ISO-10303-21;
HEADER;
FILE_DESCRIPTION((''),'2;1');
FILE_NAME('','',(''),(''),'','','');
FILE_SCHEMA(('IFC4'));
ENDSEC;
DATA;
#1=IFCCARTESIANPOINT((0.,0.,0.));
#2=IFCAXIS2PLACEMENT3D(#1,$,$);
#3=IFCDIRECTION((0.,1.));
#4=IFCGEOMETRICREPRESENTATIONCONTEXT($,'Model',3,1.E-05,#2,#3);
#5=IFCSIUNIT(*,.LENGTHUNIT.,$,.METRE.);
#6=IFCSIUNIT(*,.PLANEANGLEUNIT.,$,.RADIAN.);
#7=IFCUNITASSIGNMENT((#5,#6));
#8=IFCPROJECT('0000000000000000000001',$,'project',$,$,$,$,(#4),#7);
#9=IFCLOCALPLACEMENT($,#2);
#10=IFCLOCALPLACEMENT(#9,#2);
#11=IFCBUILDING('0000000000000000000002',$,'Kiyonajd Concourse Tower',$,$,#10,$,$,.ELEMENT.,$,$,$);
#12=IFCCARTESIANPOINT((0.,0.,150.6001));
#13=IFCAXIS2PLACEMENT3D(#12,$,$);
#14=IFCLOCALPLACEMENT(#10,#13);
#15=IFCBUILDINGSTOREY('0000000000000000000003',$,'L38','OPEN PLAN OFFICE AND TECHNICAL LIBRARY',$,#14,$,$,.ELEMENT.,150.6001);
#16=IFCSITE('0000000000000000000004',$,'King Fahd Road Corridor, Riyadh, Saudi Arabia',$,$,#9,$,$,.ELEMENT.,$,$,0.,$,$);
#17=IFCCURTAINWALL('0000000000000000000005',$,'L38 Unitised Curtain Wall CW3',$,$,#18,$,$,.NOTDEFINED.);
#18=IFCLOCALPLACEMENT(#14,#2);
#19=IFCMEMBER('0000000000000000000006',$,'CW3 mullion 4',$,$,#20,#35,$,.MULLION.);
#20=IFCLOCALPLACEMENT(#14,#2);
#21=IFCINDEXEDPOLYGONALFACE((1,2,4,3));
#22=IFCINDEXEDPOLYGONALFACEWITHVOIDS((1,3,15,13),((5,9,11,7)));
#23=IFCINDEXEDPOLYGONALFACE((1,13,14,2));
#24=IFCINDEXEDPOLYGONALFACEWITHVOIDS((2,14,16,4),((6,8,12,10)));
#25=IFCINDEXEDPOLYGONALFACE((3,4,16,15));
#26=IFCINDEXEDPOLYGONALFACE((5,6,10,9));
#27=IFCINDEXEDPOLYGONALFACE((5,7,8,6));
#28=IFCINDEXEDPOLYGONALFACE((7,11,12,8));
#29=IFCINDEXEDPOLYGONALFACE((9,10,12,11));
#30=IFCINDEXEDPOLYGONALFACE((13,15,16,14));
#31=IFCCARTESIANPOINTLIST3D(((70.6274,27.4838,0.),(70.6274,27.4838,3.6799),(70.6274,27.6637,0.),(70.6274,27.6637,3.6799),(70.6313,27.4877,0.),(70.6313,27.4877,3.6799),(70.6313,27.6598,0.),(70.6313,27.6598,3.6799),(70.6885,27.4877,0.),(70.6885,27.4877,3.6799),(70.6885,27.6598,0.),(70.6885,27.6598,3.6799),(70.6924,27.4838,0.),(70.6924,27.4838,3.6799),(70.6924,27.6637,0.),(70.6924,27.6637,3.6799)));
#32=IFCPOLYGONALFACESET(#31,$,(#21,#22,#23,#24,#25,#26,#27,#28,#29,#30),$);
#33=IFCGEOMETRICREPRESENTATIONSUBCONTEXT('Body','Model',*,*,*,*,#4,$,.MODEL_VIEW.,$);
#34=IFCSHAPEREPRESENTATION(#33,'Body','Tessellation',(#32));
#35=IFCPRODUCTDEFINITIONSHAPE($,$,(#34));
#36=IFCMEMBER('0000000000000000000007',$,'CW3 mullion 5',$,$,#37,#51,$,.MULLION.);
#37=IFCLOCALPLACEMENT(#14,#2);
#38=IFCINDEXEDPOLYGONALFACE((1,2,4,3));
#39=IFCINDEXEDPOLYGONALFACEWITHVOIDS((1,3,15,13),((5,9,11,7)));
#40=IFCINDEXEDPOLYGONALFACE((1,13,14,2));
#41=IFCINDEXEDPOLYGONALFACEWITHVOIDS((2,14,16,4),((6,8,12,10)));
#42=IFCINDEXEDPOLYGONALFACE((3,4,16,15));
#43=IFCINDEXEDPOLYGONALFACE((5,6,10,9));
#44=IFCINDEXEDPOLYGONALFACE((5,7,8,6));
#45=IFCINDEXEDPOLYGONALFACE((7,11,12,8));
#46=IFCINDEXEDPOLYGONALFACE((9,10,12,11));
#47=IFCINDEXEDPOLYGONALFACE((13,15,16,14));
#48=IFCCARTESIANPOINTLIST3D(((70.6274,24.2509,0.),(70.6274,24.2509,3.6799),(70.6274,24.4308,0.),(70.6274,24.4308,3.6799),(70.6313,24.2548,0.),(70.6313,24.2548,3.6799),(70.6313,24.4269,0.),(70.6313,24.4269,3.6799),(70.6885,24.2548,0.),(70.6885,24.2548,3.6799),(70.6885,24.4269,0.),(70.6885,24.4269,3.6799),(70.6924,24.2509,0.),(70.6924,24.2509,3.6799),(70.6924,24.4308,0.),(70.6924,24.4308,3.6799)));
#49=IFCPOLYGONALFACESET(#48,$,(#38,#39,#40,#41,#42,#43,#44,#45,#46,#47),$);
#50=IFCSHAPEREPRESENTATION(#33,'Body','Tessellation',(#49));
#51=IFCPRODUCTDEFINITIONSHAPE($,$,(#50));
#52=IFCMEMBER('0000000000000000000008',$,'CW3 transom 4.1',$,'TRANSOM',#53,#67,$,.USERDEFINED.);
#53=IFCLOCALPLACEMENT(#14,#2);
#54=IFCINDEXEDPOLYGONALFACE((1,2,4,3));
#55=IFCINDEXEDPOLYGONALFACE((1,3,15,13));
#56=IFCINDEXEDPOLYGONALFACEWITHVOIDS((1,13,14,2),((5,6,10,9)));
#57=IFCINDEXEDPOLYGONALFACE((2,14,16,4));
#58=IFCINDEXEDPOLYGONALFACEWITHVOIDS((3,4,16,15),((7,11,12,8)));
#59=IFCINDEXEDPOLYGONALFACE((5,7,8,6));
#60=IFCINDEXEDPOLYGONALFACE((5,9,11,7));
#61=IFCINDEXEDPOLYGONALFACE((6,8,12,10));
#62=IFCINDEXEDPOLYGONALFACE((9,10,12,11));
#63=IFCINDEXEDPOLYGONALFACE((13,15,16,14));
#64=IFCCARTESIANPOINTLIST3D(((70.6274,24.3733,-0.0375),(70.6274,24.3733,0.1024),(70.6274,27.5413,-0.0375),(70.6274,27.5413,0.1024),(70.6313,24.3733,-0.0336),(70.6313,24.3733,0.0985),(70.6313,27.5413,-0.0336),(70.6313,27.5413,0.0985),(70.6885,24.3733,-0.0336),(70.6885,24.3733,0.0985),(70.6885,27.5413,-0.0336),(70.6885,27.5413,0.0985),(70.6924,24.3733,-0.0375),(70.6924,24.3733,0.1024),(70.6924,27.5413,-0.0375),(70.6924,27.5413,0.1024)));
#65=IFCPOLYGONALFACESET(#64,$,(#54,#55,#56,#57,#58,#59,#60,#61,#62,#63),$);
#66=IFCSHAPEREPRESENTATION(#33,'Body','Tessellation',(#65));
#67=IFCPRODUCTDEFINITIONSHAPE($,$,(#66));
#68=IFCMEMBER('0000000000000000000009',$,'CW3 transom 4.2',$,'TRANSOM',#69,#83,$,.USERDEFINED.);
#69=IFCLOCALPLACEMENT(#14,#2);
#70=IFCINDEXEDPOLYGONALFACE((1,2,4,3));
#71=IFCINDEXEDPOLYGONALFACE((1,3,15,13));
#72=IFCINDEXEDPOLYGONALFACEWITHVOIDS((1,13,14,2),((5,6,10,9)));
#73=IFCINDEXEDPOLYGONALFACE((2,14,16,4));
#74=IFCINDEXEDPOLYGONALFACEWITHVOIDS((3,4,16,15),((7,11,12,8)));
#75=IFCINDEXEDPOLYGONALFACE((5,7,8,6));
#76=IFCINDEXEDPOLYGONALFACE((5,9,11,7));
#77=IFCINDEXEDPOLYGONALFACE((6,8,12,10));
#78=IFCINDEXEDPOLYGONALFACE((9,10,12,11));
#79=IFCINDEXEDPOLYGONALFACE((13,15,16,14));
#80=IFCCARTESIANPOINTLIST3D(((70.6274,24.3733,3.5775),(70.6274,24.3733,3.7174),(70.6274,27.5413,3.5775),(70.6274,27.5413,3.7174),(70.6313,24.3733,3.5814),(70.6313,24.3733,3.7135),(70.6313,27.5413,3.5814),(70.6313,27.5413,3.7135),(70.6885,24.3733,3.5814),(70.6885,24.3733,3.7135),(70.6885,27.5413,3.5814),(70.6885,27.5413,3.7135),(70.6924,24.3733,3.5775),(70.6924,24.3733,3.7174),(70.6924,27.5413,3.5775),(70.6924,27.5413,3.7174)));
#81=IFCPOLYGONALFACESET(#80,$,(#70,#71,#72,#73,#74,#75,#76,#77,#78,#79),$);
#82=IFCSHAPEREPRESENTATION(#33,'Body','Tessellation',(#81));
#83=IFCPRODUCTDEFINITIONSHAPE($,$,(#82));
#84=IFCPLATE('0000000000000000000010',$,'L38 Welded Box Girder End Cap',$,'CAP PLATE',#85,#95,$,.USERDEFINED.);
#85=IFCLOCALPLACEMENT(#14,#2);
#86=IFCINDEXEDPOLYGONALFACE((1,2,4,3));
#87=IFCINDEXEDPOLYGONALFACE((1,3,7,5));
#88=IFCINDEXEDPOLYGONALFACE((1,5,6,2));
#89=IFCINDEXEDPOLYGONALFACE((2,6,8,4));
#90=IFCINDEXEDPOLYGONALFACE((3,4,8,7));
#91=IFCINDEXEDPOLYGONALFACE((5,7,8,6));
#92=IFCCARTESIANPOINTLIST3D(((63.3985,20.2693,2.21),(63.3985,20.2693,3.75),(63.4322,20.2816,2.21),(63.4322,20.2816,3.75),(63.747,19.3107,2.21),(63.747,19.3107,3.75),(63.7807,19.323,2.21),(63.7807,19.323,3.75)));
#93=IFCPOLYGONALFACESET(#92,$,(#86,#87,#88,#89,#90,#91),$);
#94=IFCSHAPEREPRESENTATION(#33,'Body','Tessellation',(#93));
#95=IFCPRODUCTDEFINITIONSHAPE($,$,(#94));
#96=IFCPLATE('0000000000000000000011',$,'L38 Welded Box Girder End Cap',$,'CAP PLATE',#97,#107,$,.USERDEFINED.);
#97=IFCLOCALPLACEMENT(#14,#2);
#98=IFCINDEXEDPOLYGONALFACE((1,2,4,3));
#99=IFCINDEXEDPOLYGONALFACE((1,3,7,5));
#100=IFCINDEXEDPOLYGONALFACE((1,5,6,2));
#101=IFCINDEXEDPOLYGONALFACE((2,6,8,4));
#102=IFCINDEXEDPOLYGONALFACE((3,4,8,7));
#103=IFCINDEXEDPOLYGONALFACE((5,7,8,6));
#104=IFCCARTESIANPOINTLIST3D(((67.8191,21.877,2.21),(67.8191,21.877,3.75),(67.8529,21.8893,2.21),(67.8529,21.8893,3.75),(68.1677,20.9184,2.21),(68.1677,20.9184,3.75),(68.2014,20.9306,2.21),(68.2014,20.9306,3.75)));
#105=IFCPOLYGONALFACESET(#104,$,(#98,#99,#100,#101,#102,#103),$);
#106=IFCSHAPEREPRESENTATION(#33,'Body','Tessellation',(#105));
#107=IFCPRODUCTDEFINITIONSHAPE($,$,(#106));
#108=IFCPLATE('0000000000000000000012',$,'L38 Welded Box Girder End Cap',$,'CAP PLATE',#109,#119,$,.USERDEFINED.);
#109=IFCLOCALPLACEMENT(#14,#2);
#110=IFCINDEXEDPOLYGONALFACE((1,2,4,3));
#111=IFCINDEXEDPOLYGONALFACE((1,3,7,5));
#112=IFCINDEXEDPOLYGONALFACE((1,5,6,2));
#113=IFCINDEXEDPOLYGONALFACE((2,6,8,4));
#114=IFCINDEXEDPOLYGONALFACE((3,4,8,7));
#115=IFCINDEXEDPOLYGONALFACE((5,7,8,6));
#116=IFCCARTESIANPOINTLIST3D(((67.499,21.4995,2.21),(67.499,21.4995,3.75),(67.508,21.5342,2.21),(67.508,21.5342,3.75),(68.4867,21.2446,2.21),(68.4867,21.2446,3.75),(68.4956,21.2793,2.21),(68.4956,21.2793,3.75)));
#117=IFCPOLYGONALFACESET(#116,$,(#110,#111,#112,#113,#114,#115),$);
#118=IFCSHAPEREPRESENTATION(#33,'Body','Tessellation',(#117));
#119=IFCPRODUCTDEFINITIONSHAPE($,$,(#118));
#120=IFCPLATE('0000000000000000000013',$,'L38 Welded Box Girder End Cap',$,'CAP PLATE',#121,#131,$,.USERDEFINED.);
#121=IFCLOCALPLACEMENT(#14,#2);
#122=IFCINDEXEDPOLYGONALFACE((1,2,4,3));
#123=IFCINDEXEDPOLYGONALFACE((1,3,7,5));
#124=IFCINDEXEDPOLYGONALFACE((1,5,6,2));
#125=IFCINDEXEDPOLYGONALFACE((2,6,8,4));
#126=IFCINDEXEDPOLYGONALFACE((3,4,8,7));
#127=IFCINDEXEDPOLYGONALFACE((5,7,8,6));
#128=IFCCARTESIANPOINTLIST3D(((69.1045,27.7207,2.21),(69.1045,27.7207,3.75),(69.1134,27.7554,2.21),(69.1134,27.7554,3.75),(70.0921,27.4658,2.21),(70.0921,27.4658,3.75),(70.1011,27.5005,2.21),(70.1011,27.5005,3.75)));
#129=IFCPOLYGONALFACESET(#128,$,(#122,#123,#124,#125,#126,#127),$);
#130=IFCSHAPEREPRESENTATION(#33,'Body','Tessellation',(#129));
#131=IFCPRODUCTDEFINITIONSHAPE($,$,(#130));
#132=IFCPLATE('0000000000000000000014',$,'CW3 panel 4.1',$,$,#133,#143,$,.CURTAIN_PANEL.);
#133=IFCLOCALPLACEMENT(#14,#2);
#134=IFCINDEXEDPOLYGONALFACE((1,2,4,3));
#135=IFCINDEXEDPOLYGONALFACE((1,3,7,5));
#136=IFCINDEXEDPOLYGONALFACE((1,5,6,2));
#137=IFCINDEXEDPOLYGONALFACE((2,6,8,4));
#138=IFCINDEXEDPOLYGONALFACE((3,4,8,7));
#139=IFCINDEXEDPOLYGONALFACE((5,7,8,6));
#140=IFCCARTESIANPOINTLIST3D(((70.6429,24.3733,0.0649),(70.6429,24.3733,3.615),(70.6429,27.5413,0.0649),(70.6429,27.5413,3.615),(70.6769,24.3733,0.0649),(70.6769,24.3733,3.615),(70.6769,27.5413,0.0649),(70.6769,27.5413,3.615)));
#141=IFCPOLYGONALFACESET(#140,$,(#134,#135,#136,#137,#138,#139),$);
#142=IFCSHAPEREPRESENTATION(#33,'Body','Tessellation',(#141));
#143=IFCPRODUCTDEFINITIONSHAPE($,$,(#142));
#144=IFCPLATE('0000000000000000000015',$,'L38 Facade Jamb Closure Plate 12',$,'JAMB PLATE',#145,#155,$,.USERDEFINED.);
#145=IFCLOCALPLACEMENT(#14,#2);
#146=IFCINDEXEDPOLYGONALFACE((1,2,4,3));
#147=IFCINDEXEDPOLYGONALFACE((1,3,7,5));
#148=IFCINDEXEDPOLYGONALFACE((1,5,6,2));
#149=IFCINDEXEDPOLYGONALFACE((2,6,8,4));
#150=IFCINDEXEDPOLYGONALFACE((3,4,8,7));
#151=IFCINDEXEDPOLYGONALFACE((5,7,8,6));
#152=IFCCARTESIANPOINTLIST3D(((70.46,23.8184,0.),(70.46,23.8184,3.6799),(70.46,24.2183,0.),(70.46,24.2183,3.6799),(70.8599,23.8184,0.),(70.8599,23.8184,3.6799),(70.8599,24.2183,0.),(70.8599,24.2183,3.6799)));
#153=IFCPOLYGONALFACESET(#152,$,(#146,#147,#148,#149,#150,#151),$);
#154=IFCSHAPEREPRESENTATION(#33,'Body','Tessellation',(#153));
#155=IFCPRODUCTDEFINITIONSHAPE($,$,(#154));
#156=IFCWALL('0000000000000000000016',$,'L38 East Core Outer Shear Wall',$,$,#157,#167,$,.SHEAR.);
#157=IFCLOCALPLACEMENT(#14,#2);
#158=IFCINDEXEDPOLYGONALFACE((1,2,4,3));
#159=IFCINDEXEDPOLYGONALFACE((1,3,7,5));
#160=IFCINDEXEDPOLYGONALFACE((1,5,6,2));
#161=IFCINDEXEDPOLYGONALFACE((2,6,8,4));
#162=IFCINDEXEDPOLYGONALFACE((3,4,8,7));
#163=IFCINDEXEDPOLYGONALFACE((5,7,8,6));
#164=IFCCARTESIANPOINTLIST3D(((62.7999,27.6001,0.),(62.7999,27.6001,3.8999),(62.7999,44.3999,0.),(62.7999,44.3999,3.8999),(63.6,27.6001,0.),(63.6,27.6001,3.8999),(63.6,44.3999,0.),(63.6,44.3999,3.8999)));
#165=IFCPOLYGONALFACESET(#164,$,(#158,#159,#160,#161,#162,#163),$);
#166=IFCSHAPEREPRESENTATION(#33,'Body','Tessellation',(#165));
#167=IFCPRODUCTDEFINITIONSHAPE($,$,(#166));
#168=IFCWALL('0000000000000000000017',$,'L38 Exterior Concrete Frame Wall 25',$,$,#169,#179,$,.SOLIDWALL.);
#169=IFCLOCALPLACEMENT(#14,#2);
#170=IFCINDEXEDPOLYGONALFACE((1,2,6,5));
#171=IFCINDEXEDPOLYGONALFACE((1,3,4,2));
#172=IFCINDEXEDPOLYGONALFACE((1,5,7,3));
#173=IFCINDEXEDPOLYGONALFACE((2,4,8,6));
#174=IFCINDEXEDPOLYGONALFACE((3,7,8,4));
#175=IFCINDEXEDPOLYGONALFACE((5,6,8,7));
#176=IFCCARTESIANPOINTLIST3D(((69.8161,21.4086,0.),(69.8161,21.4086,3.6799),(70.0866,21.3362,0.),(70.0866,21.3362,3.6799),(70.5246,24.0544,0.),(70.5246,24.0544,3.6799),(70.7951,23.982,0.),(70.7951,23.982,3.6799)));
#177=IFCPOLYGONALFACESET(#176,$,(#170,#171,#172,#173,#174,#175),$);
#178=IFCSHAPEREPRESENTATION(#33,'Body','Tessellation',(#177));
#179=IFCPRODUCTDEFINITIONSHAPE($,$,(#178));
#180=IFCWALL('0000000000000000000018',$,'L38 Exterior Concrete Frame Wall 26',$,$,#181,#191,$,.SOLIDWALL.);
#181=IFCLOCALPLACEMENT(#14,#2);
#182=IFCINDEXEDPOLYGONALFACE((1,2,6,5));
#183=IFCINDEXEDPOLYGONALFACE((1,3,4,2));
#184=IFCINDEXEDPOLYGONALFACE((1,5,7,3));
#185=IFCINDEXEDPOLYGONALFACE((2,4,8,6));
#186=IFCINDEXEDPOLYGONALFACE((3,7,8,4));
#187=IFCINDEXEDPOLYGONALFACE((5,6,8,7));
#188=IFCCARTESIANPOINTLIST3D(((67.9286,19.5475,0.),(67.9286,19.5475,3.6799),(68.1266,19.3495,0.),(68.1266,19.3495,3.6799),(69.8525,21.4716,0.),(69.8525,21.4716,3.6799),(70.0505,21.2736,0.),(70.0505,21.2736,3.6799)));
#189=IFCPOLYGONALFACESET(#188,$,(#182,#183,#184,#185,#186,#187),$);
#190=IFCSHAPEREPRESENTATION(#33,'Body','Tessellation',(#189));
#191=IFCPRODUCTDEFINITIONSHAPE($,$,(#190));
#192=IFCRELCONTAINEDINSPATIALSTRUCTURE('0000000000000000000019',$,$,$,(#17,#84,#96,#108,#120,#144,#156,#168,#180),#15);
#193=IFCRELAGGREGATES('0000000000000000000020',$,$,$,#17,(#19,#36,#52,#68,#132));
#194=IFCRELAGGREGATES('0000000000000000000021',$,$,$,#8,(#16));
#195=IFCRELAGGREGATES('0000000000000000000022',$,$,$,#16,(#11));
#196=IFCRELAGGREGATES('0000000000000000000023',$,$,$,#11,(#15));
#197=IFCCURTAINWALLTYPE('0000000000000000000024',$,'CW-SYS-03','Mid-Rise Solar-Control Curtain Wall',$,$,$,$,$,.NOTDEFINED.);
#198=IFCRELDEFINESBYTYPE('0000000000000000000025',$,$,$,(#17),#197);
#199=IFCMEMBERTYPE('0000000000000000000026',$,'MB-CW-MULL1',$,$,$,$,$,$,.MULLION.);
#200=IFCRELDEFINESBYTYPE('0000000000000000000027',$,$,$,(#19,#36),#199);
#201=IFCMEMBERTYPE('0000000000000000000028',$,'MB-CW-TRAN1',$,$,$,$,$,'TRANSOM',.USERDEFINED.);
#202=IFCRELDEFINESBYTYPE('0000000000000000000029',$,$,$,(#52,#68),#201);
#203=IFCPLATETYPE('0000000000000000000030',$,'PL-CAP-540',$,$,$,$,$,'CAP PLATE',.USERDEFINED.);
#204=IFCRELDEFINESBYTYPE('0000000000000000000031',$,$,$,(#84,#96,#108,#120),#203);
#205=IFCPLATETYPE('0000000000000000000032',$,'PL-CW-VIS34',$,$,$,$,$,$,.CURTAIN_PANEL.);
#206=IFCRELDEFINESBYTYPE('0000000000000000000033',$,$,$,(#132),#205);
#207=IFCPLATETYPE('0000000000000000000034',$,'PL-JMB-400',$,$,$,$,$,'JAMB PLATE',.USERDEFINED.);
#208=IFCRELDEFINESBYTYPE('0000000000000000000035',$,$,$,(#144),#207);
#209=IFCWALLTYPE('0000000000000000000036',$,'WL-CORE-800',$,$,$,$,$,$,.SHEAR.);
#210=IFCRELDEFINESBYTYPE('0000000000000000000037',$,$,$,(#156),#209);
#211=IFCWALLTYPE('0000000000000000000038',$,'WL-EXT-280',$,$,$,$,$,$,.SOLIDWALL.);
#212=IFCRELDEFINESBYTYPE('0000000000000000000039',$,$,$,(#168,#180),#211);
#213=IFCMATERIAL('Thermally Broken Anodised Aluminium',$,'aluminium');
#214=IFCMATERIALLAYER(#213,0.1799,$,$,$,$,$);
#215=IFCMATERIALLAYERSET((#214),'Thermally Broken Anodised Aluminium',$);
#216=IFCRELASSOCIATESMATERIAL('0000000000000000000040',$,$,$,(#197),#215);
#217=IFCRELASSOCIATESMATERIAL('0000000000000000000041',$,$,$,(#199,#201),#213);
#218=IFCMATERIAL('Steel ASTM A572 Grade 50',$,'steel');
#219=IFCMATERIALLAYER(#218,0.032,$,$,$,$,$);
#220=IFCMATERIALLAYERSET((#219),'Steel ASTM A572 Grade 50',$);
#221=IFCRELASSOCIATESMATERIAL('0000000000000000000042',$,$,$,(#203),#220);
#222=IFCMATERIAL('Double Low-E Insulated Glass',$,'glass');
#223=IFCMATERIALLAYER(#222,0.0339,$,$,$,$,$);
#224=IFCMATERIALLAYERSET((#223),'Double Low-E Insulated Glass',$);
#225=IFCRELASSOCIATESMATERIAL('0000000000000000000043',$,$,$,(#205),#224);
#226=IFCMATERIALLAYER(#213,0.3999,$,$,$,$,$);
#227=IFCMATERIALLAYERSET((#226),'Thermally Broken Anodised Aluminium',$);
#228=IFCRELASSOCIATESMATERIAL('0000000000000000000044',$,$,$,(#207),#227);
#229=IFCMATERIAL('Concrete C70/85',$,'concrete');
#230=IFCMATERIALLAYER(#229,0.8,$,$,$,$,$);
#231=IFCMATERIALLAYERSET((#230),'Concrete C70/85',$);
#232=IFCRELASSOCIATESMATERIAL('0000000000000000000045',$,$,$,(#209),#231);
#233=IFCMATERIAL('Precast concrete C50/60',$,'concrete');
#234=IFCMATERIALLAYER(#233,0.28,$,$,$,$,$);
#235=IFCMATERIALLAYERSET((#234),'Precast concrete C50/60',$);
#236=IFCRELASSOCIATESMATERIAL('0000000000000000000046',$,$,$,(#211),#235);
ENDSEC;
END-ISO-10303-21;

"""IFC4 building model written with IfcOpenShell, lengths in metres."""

from ifc_helpers import new_model, si_unit, direction, frame, frame_2d, origin, origin_2d, place, context, subcontext, project, spatial, rectangle, hollow_rectangle, extrude, material, layer, layer_set, material_profile, profile_set, type_object, element, aggregate, save


model = new_model("IFC4")

# Units and contexts
model_context = context("Model", 3, precision=1e-05, world=origin(), true_north=direction((0.0, 1.0)))
body_context = subcontext(model_context, "Body", "Model", "MODEL_VIEW")
ifc_project = project(units=[si_unit("LENGTHUNIT", "METRE"), si_unit("PLANEANGLEUNIT", "RADIAN")], contexts=[model_context])

# Site, building, storey
site_placement = place(None, origin())
site = spatial("IfcSite", under=ifc_project, at=site_placement, Name="King Fahd Road Corridor, Riyadh, Saudi Arabia", CompositionType="ELEMENT", RefElevation=0.0)
building_placement = place(site_placement, origin())
building = spatial("IfcBuilding", under=site, at=building_placement, Name="Kiyonajd Concourse Tower", CompositionType="ELEMENT")
storey_placement = place(building_placement, frame((0.0, 0.0, 150.6001)))
storey = spatial("IfcBuildingStorey", under=building, at=storey_placement, Name="L38", Description="OPEN PLAN OFFICE AND TECHNICAL LIBRARY", CompositionType="ELEMENT", Elevation=150.6001)

# Shared definitions
ifc_material_1 = material(Name="Concrete C70/85", Category="concrete")

# Shared definitions
ifc_material_2 = material(Name="Steel ASTM A572 Grade 50", Category="steel")

# Curtain wall, members
ifc_material_3 = material(Name="Thermally Broken Anodised Aluminium", Category="aluminium")
ifc_layer_1 = layer(ifc_material_3, 0.1799)
ifc_layer_set_1 = layer_set([ifc_layer_1], Name="Thermally Broken Anodised Aluminium")
curtain_wall_type = type_object("IfcCurtainWallType", Name="CW-SYS-03", Description="Mid-Rise Solar-Control Curtain Wall", PredefinedType="NOTDEFINED", material=ifc_layer_set_1)
curtain_wall_placement = place(storey_placement, origin())
curtain_wall = element("IfcCurtainWall", 1, at=curtain_wall_placement, inside=storey, type_object=curtain_wall_type, Name="L38 Unitised Curtain Wall CW3", PredefinedType="NOTDEFINED")
ifc_material_profile_1 = material_profile(ifc_material_3, hollow_rectangle(XDim=0.0649, YDim=0.1799, WallThickness=0.0039, at=origin_2d()), Name="MULL-65x180")
ifc_profile_set_1 = profile_set([ifc_material_profile_1], Name="Thermally Broken Anodised Aluminium")
member_type_1 = type_object("IfcMemberType", Name="MB-CW-MULL1", PredefinedType="MULLION", material=ifc_profile_set_1)
member_1_placement = place(storey_placement, frame((70.6599, 27.5737, 0.0), z_axis=(0.0, 0.0, 1.0), x_axis=(1.0, 0.0, 0.0)))
member_1 = element("IfcMember", 2, at=member_1_placement, type_object=member_type_1, Name="CW3 mullion 4", PredefinedType="MULLION", context=body_context, shape_type="SweptSolid", body=[
    extrude(hollow_rectangle(XDim=0.0649, YDim=0.1799, WallThickness=0.0039, at=origin_2d()), origin(), (0.0, 0.0, 1.0), 3.6799),
])
member_2_placement = place(storey_placement, frame((70.6599, 24.3408, 0.0), z_axis=(0.0, 0.0, 1.0), x_axis=(1.0, 0.0, 0.0)))
member_2 = element("IfcMember", 3, at=member_2_placement, type_object=member_type_1, Name="CW3 mullion 5", PredefinedType="MULLION", context=body_context, shape_type="SweptSolid", body=[
    extrude(hollow_rectangle(XDim=0.0649, YDim=0.1799, WallThickness=0.0039, at=origin_2d()), origin(), (0.0, 0.0, 1.0), 3.6799),
])
ifc_material_profile_2 = material_profile(ifc_material_3, hollow_rectangle(XDim=0.0649, YDim=0.1399, WallThickness=0.0039, at=origin_2d()), Name="TRAN-65x140")
ifc_profile_set_2 = profile_set([ifc_material_profile_2], Name="Thermally Broken Anodised Aluminium")
member_type_2 = type_object("IfcMemberType", Name="MB-CW-TRAN1", ElementType="TRANSOM", PredefinedType="USERDEFINED", material=ifc_profile_set_2)
member_3_placement = place(storey_placement, frame((70.6599, 27.5413, 0.0325), z_axis=(0.0, -1.0, 0.0), x_axis=(1.0, 0.0, 0.0)))
member_3 = element("IfcMember", 4, at=member_3_placement, type_object=member_type_2, Name="CW3 transom 4.1", ObjectType="TRANSOM", PredefinedType="USERDEFINED", context=body_context, shape_type="SweptSolid", body=[
    extrude(hollow_rectangle(XDim=0.0649, YDim=0.1399, WallThickness=0.0039, at=origin_2d()), origin(), (0.0, 0.0, 1.0), 3.168),
])
member_4_placement = place(storey_placement, frame((70.6599, 27.5413, 3.6475), z_axis=(0.0, -1.0, 0.0), x_axis=(1.0, 0.0, 0.0)))
member_4 = element("IfcMember", 5, at=member_4_placement, type_object=member_type_2, Name="CW3 transom 4.2", ObjectType="TRANSOM", PredefinedType="USERDEFINED", context=body_context, shape_type="SweptSolid", body=[
    extrude(hollow_rectangle(XDim=0.0649, YDim=0.1399, WallThickness=0.0039, at=origin_2d()), origin(), (0.0, 0.0, 1.0), 3.168),
])

# Plates
ifc_layer_2 = layer(ifc_material_2, 0.032)
ifc_layer_set_2 = layer_set([ifc_layer_2], Name="Steel ASTM A572 Grade 50")
plate_type_1 = type_object("IfcPlateType", Name="PL-CAP-540", ElementType="CAP PLATE", PredefinedType="USERDEFINED", material=ifc_layer_set_2)
for number, where, z_axis, x_axis, name in (
    (6, (63.5896, 19.7961, 2.21), (0.0, 0.0, 1.0), (-0.939812, -0.341692, 0.0), "L38 Welded Box Girder End Cap"),
    (7, (68.0103, 21.4038, 2.21), (0.0, 0.0, 1.0), (0.939812, 0.341692, 0.0), "L38 Welded Box Girder End Cap"),
    (8, (67.9973, 21.3894, 2.21), (0.0, 0.0, 1.0), (-0.249873, -0.968279, 0.0), "L38 Welded Box Girder End Cap"),
    (9, (69.6028, 27.6106, 2.21), (0.0, 0.0, 1.0), (0.249873, 0.968279, 0.0), "L38 Welded Box Girder End Cap"),
):
    element("IfcPlate", number, at=place(storey_placement, frame(where, z_axis=z_axis, x_axis=x_axis)), inside=storey, type_object=plate_type_1, Name=name, ObjectType="CAP PLATE", PredefinedType="USERDEFINED", context=body_context, shape_type="SweptSolid", body=[
        extrude(rectangle(XDim=0.0359, YDim=1.02, at=origin_2d()), origin(), (0.0, 0.0, 1.0), 1.54),
    ])

# Plates
ifc_material_4 = material(Name="Double Low-E Insulated Glass", Category="glass")
ifc_layer_3 = layer(ifc_material_4, 0.0339)
ifc_layer_set_3 = layer_set([ifc_layer_3], Name="Double Low-E Insulated Glass")
plate_type_2 = type_object("IfcPlateType", Name="PL-CW-VIS34", PredefinedType="CURTAIN_PANEL", material=ifc_layer_set_3)
plate_1_placement = place(storey_placement, frame((70.6599, 25.9573, 0.0649), z_axis=(0.0, 0.0, 1.0), x_axis=(0.0, -1.0, 0.0)))
plate_1 = element("IfcPlate", 10, at=plate_1_placement, type_object=plate_type_2, Name="CW3 panel 4.1", PredefinedType="CURTAIN_PANEL", context=body_context, shape_type="SweptSolid", body=[
    extrude(rectangle(XDim=3.168, YDim=0.0339, at=origin_2d()), origin(), (0.0, 0.0, 1.0), 3.55),
])
aggregate(curtain_wall, [member_1, member_2, member_3, member_4, plate_1])
ifc_layer_4 = layer(ifc_material_3, 0.3999)
ifc_layer_set_4 = layer_set([ifc_layer_4], Name="Thermally Broken Anodised Aluminium")
plate_type_3 = type_object("IfcPlateType", Name="PL-JMB-400", ElementType="JAMB PLATE", PredefinedType="USERDEFINED", material=ifc_layer_set_4)
plate_2_placement = place(storey_placement, frame((70.6599, 24.0183, 0.0), z_axis=(0.0, 0.0, 1.0), x_axis=(1.0, 0.0, 0.0)))
element("IfcPlate", 11, at=plate_2_placement, inside=storey, type_object=plate_type_3, Name="L38 Facade Jamb Closure Plate 12", ObjectType="JAMB PLATE", PredefinedType="USERDEFINED", context=body_context, shape_type="SweptSolid", body=[
    extrude(rectangle(XDim=0.3999, YDim=0.3999, at=origin_2d()), origin(), (0.0, 0.0, 1.0), 3.6799),
])

# Walls
ifc_layer_5 = layer(ifc_material_1, 0.8)
ifc_layer_set_5 = layer_set([ifc_layer_5], Name="Concrete C70/85")
wall_type_1 = type_object("IfcWallType", Name="WL-CORE-800", PredefinedType="SHEAR", material=ifc_layer_set_5)
wall_1_placement = place(storey_placement, frame((63.2, 27.6001, 0.0), z_axis=(0.0, 0.0, 1.0), x_axis=(0.0, 1.0, 0.0)))
element("IfcWall", 12, at=wall_1_placement, inside=storey, type_object=wall_type_1, Name="L38 East Core Outer Shear Wall", PredefinedType="SHEAR", context=body_context, shape_type="SweptSolid", body=[
    extrude(rectangle(XDim=16.7998, YDim=0.8, at=frame_2d((8.3999, 0.0))), origin(), (0.0, 0.0, 1.0), 3.8999),
])
ifc_material_5 = material(Name="Precast concrete C50/60", Category="concrete")
ifc_layer_6 = layer(ifc_material_5, 0.28)
ifc_layer_set_6 = layer_set([ifc_layer_6], Name="Precast concrete C50/60")
wall_type_2 = type_object("IfcWallType", Name="WL-EXT-280", PredefinedType="SOLIDWALL", material=ifc_layer_set_6)
wall_2_placement = place(storey_placement, frame((70.6599, 24.0183, 0.0), z_axis=(0.0, 0.0, 1.0), x_axis=(-0.258672, -0.965965, 0.0)))
element("IfcWall", 13, at=wall_2_placement, inside=storey, type_object=wall_type_2, Name="L38 Exterior Concrete Frame Wall 25", PredefinedType="SOLIDWALL", context=body_context, shape_type="SweptSolid", body=[
    extrude(rectangle(XDim=2.739, YDim=0.28, at=frame_2d((1.3696, 0.0))), origin(), (0.0, 0.0, 1.0), 3.6799),
])
wall_3_placement = place(storey_placement, frame((69.9514, 21.3726, 0.0), z_axis=(0.0, 0.0, 1.0), x_axis=(-0.707062, -0.707152, 0.0)))
element("IfcWall", 14, at=wall_3_placement, inside=storey, type_object=wall_type_2, Name="L38 Exterior Concrete Frame Wall 26", PredefinedType="SOLIDWALL", context=body_context, shape_type="SweptSolid", body=[
    extrude(rectangle(XDim=2.7209, YDim=0.28, at=frame_2d((1.3604, 0.0))), origin(), (0.0, 0.0, 1.0), 3.6799),
])

save(model, "model.ifc")
